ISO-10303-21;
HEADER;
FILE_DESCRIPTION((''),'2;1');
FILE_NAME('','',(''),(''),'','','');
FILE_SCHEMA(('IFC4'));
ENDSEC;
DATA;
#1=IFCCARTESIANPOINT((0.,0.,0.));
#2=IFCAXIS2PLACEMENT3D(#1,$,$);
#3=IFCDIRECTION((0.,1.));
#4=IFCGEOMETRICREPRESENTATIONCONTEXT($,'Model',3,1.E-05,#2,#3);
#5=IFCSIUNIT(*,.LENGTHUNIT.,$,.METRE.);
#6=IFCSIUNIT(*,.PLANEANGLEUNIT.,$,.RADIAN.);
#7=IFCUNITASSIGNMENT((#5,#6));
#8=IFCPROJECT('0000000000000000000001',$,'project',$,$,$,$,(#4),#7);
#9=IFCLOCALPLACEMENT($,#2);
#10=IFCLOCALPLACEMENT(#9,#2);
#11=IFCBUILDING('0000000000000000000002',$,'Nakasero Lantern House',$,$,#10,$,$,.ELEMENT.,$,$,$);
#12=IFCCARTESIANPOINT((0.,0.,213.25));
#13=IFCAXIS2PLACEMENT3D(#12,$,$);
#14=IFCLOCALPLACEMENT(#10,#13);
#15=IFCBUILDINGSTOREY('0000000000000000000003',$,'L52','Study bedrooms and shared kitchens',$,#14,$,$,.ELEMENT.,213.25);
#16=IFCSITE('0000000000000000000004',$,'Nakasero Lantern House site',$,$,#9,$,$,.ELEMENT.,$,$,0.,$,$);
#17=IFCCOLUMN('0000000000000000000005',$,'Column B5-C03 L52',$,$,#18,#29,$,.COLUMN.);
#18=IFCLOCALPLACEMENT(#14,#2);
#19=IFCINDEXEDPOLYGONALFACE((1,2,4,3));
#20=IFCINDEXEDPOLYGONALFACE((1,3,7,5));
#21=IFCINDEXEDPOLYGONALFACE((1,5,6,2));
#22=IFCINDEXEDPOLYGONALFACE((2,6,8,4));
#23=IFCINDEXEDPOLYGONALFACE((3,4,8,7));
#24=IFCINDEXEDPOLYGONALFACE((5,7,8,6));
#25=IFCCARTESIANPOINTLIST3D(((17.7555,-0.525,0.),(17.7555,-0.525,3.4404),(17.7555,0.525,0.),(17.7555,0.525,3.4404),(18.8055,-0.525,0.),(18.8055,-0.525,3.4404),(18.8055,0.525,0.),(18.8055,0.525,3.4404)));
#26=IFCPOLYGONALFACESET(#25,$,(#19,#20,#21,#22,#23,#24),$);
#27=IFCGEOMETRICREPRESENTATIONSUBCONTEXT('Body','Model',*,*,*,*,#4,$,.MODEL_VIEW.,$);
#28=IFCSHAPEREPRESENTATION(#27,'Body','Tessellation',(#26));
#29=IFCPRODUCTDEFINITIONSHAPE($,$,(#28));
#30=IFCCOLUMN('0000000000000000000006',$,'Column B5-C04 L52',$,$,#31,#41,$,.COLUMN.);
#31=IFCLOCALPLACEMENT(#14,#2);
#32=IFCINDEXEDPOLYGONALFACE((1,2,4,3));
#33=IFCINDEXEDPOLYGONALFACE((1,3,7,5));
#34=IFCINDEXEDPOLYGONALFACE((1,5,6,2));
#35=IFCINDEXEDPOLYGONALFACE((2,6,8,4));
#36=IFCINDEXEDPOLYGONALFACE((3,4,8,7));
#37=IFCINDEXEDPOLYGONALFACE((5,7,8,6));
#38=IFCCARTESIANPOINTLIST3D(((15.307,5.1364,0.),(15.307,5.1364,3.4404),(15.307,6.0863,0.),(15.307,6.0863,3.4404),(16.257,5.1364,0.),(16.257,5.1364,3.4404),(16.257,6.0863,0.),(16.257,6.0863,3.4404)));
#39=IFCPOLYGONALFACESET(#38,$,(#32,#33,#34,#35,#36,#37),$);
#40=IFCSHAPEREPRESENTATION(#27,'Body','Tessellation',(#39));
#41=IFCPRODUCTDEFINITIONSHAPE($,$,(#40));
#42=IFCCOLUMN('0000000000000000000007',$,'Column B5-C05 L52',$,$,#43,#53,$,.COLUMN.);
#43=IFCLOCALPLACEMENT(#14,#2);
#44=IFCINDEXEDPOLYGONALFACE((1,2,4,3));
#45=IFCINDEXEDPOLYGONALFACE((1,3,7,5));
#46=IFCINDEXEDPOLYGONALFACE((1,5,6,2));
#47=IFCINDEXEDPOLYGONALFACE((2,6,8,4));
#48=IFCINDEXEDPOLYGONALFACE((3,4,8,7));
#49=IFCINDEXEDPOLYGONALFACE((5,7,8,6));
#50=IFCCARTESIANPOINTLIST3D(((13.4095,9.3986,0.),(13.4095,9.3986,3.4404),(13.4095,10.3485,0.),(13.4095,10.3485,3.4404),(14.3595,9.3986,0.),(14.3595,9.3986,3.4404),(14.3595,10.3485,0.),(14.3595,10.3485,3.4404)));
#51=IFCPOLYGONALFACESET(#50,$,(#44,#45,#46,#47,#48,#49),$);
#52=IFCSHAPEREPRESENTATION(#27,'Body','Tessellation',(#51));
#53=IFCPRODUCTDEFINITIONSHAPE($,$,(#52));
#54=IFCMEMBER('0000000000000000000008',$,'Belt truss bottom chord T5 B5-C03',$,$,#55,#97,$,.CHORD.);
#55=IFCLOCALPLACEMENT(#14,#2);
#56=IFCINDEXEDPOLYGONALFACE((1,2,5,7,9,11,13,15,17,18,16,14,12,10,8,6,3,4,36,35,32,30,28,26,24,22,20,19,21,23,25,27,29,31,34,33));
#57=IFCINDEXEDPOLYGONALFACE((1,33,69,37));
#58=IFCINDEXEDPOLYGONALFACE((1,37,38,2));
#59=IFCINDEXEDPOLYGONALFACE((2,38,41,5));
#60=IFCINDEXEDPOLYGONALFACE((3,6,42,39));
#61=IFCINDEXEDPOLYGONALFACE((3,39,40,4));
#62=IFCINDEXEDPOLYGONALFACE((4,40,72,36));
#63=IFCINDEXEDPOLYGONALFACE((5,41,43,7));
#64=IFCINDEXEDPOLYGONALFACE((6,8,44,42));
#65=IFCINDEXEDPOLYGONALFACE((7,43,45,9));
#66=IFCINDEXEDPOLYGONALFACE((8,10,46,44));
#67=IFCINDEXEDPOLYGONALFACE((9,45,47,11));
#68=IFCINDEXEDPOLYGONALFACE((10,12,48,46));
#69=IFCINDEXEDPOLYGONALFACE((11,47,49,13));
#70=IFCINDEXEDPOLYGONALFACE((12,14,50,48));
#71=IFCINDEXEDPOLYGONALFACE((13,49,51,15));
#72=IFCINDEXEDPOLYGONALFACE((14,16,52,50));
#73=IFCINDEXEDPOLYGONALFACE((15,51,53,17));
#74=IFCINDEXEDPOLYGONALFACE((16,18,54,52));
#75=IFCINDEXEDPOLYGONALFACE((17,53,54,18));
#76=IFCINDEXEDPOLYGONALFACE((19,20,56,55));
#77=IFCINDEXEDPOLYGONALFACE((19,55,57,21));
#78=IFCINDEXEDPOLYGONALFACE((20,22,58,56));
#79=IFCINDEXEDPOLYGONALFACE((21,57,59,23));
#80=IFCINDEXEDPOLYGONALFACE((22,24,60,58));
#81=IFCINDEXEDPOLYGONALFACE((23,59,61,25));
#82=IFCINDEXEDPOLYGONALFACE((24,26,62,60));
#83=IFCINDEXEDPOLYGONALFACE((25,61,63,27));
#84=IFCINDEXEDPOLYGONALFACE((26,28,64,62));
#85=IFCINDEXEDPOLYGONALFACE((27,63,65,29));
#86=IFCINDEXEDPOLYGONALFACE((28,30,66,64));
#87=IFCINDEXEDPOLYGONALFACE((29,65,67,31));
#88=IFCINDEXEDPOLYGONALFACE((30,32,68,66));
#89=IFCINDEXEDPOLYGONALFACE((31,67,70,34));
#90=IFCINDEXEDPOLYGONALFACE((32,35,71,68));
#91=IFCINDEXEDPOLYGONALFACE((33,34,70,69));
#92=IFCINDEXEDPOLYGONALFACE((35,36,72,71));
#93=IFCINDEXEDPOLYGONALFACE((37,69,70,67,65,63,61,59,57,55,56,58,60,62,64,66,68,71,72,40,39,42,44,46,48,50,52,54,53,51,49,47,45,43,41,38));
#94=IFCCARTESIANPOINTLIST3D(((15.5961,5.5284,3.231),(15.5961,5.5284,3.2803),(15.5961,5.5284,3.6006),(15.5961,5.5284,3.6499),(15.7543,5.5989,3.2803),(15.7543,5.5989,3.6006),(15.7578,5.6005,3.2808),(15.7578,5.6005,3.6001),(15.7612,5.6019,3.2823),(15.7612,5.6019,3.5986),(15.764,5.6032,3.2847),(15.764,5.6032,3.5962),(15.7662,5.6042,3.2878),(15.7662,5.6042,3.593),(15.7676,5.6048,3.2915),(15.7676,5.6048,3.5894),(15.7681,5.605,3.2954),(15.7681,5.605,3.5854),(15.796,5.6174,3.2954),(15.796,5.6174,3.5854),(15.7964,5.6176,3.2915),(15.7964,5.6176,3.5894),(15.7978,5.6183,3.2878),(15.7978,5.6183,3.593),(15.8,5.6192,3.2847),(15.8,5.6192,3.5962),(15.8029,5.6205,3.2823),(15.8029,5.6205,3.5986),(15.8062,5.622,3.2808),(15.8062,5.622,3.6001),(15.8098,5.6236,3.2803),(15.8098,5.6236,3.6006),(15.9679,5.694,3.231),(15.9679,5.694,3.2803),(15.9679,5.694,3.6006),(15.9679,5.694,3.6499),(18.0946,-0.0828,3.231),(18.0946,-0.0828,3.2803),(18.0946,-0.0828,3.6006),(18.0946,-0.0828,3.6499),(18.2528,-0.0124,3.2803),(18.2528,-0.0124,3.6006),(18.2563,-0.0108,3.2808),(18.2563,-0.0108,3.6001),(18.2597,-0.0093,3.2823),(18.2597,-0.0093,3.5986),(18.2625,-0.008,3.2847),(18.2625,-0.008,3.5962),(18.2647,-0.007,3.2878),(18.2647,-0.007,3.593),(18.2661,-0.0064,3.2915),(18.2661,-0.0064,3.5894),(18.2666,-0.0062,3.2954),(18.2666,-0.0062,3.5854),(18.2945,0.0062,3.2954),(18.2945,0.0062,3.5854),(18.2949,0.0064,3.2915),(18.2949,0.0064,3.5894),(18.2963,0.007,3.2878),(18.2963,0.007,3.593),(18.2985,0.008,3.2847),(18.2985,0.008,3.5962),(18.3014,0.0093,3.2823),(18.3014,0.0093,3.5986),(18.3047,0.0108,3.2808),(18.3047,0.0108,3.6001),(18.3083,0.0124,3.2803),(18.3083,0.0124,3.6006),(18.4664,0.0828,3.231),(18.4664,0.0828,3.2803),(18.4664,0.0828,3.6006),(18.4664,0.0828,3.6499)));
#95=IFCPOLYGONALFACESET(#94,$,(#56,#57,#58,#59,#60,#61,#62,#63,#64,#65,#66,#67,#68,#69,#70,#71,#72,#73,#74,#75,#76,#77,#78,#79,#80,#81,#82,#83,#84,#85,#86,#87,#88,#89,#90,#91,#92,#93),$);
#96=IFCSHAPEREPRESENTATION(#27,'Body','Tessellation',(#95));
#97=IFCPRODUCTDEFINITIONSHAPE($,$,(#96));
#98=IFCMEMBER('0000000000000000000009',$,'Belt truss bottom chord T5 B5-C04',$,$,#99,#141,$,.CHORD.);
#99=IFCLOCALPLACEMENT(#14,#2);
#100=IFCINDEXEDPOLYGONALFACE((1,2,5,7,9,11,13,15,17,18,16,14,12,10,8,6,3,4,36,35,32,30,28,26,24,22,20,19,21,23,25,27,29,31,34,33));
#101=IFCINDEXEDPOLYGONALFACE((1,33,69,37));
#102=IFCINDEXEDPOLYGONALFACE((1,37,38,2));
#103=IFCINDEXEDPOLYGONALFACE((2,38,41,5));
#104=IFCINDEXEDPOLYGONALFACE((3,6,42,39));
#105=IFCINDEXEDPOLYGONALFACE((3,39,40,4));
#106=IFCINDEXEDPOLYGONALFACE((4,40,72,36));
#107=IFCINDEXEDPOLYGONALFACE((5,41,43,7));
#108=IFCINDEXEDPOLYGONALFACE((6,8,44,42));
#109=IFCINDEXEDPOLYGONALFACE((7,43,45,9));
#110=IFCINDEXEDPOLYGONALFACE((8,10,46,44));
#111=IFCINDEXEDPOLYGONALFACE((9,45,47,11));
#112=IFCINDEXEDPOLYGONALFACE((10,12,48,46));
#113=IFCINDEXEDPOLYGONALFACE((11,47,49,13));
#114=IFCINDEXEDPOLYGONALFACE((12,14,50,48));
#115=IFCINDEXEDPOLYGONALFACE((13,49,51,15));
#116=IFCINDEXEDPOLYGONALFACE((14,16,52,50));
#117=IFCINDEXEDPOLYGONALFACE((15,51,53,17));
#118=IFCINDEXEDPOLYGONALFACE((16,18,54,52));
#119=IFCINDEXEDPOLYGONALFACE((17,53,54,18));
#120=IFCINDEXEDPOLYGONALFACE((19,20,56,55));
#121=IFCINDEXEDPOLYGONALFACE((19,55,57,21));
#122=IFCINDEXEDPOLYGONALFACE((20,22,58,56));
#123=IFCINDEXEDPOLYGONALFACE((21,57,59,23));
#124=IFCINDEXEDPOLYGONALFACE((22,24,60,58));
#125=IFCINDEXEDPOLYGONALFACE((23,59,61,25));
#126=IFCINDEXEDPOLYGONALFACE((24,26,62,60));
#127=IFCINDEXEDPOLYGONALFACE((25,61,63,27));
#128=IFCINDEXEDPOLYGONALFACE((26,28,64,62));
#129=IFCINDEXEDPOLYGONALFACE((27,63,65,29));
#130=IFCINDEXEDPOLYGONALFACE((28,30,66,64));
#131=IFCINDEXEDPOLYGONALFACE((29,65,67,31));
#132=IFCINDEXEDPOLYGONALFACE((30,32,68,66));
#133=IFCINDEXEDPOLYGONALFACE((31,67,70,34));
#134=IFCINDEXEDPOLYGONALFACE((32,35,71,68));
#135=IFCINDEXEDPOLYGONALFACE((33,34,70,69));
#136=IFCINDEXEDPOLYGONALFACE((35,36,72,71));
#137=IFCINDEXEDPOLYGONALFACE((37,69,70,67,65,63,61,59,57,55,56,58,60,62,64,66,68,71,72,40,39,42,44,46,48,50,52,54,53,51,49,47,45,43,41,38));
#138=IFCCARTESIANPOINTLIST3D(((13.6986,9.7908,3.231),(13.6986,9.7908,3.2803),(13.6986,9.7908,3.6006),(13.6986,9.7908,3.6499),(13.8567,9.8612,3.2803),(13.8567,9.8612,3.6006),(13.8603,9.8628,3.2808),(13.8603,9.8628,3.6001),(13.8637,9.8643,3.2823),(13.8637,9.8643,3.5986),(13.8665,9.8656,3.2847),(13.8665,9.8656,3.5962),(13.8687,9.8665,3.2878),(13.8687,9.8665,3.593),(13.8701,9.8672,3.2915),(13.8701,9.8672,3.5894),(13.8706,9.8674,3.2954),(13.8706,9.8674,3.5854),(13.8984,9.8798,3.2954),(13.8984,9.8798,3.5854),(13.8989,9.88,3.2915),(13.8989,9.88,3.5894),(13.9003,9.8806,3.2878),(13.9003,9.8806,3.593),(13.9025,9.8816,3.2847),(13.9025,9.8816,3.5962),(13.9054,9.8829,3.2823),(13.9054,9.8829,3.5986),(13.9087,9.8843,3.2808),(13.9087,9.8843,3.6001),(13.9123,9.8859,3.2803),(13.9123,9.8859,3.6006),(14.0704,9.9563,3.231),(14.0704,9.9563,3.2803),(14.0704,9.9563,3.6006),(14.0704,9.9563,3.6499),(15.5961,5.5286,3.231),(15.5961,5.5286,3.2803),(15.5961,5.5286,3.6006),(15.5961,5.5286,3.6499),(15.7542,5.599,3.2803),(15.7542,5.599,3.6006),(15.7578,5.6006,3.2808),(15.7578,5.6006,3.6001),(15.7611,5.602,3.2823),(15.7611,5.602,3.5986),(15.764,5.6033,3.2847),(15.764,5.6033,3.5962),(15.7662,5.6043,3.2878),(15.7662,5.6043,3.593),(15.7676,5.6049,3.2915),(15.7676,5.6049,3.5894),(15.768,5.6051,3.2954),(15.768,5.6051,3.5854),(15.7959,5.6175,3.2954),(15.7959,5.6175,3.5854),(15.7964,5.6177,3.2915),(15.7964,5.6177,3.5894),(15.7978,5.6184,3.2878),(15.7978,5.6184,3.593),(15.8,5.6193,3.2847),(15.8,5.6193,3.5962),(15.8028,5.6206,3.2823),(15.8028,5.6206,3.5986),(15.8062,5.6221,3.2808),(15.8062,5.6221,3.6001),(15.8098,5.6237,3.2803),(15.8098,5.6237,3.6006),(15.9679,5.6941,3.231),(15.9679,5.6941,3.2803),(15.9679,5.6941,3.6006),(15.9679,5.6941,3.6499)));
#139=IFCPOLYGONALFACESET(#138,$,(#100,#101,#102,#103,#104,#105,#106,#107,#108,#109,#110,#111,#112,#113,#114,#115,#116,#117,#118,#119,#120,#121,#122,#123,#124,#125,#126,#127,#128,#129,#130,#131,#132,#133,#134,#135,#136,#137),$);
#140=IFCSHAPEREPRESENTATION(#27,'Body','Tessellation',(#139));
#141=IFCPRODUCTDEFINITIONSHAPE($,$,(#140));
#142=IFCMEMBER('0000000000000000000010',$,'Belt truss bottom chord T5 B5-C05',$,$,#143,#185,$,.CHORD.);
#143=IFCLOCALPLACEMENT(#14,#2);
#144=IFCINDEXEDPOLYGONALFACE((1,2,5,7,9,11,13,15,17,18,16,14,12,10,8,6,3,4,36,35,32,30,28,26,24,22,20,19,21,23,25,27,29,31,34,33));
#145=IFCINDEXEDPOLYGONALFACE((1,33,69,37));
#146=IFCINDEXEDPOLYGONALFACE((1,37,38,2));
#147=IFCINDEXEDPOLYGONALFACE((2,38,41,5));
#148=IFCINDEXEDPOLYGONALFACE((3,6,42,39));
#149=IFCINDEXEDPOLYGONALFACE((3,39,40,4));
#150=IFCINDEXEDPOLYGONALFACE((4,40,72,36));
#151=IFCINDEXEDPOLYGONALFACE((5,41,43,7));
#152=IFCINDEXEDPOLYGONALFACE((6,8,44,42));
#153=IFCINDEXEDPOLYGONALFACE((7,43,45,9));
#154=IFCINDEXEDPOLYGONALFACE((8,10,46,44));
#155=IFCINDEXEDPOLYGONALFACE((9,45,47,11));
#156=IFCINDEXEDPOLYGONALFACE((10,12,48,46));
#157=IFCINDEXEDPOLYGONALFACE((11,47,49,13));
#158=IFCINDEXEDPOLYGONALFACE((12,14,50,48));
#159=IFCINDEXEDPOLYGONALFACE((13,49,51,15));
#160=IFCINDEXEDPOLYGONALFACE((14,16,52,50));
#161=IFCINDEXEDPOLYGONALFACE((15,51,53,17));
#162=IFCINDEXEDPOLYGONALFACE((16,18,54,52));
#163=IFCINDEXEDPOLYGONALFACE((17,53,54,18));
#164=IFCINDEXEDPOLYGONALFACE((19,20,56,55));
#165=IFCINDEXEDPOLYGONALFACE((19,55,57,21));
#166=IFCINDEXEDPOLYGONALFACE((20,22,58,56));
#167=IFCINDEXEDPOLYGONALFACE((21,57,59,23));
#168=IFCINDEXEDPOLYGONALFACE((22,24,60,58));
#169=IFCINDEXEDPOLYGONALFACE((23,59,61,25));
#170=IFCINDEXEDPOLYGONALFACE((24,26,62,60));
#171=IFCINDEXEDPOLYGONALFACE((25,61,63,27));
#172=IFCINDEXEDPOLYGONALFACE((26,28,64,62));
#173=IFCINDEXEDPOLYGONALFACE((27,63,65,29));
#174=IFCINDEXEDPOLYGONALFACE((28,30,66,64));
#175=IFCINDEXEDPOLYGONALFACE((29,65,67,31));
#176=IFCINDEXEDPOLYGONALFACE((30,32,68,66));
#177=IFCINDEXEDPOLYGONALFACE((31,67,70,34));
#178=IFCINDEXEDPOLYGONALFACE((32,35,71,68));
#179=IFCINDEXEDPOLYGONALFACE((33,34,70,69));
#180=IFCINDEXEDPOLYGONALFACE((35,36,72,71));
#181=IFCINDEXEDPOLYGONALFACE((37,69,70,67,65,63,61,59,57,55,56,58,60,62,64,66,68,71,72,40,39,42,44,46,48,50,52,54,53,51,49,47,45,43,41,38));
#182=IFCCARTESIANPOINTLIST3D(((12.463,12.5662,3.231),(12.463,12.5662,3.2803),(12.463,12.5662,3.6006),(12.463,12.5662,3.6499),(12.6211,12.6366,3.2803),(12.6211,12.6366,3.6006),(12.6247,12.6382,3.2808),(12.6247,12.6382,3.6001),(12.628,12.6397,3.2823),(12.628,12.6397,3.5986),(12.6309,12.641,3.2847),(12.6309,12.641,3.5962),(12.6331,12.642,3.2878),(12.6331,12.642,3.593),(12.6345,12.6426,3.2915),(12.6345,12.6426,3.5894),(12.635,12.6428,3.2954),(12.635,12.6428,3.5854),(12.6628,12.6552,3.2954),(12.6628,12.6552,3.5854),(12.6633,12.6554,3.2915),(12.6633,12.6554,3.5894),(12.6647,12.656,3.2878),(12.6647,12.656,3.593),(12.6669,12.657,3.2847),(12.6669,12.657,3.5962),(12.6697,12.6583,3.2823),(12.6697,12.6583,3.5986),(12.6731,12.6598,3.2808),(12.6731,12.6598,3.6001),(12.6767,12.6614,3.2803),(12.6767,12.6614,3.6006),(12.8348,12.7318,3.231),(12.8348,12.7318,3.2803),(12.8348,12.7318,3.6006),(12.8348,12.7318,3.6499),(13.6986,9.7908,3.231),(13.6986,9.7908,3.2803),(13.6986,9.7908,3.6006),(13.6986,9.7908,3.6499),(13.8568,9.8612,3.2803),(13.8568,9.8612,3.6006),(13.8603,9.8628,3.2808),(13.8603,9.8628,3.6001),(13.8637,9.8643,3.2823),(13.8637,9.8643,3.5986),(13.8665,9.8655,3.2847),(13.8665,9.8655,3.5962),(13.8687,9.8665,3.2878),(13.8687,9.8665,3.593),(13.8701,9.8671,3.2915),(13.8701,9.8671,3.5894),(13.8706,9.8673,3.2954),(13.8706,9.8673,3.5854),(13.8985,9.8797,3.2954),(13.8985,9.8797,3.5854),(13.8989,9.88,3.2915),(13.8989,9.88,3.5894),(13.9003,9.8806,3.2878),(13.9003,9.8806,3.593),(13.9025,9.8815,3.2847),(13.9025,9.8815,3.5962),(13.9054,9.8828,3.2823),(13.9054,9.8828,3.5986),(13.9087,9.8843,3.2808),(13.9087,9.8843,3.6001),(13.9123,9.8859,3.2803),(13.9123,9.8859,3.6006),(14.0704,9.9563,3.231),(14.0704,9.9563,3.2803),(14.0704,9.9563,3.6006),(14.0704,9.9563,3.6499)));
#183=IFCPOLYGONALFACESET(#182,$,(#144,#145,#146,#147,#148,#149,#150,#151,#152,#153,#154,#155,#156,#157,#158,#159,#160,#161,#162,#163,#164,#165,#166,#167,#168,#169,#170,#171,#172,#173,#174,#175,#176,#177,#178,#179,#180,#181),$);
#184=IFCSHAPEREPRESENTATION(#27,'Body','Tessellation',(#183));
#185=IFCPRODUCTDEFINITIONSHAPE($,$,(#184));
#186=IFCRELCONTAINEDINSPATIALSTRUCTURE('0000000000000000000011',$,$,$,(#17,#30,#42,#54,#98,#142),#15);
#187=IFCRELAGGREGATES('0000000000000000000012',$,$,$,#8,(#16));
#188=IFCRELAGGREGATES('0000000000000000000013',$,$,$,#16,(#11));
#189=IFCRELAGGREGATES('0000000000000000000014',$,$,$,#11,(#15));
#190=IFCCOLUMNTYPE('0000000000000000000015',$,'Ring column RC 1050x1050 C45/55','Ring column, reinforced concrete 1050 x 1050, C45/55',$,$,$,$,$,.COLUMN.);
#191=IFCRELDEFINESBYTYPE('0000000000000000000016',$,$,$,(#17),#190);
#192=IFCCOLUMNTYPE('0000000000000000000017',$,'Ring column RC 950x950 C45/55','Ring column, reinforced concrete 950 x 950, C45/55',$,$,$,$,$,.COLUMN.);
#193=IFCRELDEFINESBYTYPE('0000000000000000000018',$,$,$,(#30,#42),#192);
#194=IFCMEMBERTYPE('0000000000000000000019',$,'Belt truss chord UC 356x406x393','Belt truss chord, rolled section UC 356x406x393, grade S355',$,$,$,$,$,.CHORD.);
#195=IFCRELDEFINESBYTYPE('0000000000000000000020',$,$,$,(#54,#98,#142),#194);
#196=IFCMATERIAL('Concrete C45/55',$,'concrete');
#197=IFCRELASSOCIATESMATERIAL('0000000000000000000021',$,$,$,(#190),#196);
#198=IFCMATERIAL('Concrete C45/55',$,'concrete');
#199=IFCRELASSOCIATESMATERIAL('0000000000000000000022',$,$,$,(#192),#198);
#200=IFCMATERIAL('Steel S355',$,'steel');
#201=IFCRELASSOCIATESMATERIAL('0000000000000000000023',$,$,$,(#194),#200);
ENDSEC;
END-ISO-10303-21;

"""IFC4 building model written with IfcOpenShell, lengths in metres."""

from ifc_helpers import new_model, si_unit, direction, frame, origin, origin_2d, place, context, subcontext, project, spatial, rectangle, i_section, extrude, material, material_profile, profile_set, type_object, element, save


model = new_model("IFC4")

# Units and contexts
model_context = context("Model", 3, precision=1e-05, world=origin(), true_north=direction((0.0, 1.0)))
body_context = subcontext(model_context, "Body", "Model", "MODEL_VIEW")
ifc_project = project(units=[si_unit("LENGTHUNIT", "METRE"), si_unit("PLANEANGLEUNIT", "RADIAN")], contexts=[model_context])

# Site, building, storey
site_placement = place(None, origin())
site = spatial("IfcSite", under=ifc_project, at=site_placement, Name="Nakasero Lantern House site", CompositionType="ELEMENT", RefElevation=0.0)
building_placement = place(site_placement, origin())
building = spatial("IfcBuilding", under=site, at=building_placement, Name="Nakasero Lantern House", CompositionType="ELEMENT")
storey_placement = place(building_placement, frame((0.0, 0.0, 213.25)))
storey = spatial("IfcBuildingStorey", under=building, at=storey_placement, Name="L52", Description="Study bedrooms and shared kitchens", CompositionType="ELEMENT", Elevation=213.25)

# Columns
ifc_material_1 = material(Name="Concrete C45/55", Category="concrete")
ifc_material_profile_1 = material_profile(ifc_material_1, rectangle(XDim=1.05, YDim=1.05, at=origin_2d()), Name="RC 1050x1050")
ifc_profile_set_1 = profile_set([ifc_material_profile_1], Name="Concrete C45/55")
column_type_1 = type_object("IfcColumnType", Name="Ring column RC 1050x1050 C45/55", Description="Ring column, reinforced concrete 1050 x 1050, C45/55", PredefinedType="COLUMN", material=ifc_profile_set_1)
column_placement = place(storey_placement, frame((18.2805, 0.0, 0.0), z_axis=(0.0, 0.0, 1.0), x_axis=(1.0, 0.0, 0.0)))
element("IfcColumn", 1, at=column_placement, inside=storey, type_object=column_type_1, Name="Column B5-C03 L52", PredefinedType="COLUMN", context=body_context, shape_type="SweptSolid", body=[
    extrude(rectangle(XDim=1.05, YDim=1.05, at=origin_2d()), origin(), (0.0, 0.0, 1.0), 3.4404),
])
ifc_material_2 = material(Name="Concrete C45/55", Category="concrete")
ifc_material_profile_2 = material_profile(ifc_material_2, rectangle(XDim=0.95, YDim=0.95, at=origin_2d()), Name="RC 950x950")
ifc_profile_set_2 = profile_set([ifc_material_profile_2], Name="Concrete C45/55")
column_type_2 = type_object("IfcColumnType", Name="Ring column RC 950x950 C45/55", Description="Ring column, reinforced concrete 950 x 950, C45/55", PredefinedType="COLUMN", material=ifc_profile_set_2)
for number, where, z_axis, x_axis, name in (
    (2, (15.782, 5.6113, 0.0), (0.0, 0.0, 1.0), (1.0, 0.0, 0.0), "Column B5-C04 L52"),
    (3, (13.8845, 9.8735, 0.0), (0.0, 0.0, 1.0), (1.0, 0.0, 0.0), "Column B5-C05 L52"),
):
    element("IfcColumn", number, at=place(storey_placement, frame(where, z_axis=z_axis, x_axis=x_axis)), inside=storey, type_object=column_type_2, Name=name, PredefinedType="COLUMN", context=body_context, shape_type="SweptSolid", body=[
        extrude(rectangle(XDim=0.95, YDim=0.95, at=origin_2d()), origin(), (0.0, 0.0, 1.0), 3.4404),
    ])

# Members
ifc_material_3 = material(Name="Steel S355", Category="steel")
ifc_material_profile_3 = material_profile(ifc_material_3, i_section(OverallWidth=0.407, OverallDepth=0.4189, WebThickness=0.0305, FlangeThickness=0.0493, FilletRadius=0.0151, at=origin_2d()), Name="UC 356x406x393")
ifc_profile_set_3 = profile_set([ifc_material_profile_3], Name="Steel S355")
member_type = type_object("IfcMemberType", Name="Belt truss chord UC 356x406x393", Description="Belt truss chord, rolled section UC 356x406x393, grade S355", PredefinedType="CHORD", material=ifc_profile_set_3)
member_1_placement = place(storey_placement, frame((18.2805, 0.0, 3.4404), z_axis=(-0.406765, 0.913533, 0.0), x_axis=(-0.913533, -0.406765, 0.0)))
element("IfcMember", 4, at=member_1_placement, inside=storey, type_object=member_type, Name="Belt truss bottom chord T5 B5-C03", PredefinedType="CHORD", context=body_context, shape_type="SweptSolid", body=[
    extrude(i_section(OverallWidth=0.407, OverallDepth=0.4189, WebThickness=0.0305, FlangeThickness=0.0493, FilletRadius=0.0151, at=origin_2d()), origin(), (0.0, 0.0, 1.0), 6.1423),
])
member_2_placement = place(storey_placement, frame((15.782, 5.6113, 3.4404), z_axis=(-0.406702, 0.913561, 0.0), x_axis=(-0.913561, -0.406702, 0.0)))
element("IfcMember", 5, at=member_2_placement, inside=storey, type_object=member_type, Name="Belt truss bottom chord T5 B5-C04", PredefinedType="CHORD", context=body_context, shape_type="SweptSolid", body=[
    extrude(i_section(OverallWidth=0.407, OverallDepth=0.4189, WebThickness=0.0305, FlangeThickness=0.0493, FilletRadius=0.0151, at=origin_2d()), origin(), (0.0, 0.0, 1.0), 4.6655),
])
member_3_placement = place(storey_placement, frame((13.8845, 9.8735, 3.4404), z_axis=(-0.406713, 0.913556, 0.0), x_axis=(-0.913556, -0.406713, 0.0)))
element("IfcMember", 6, at=member_3_placement, inside=storey, type_object=member_type, Name="Belt truss bottom chord T5 B5-C05", PredefinedType="CHORD", context=body_context, shape_type="SweptSolid", body=[
    extrude(i_section(OverallWidth=0.407, OverallDepth=0.4189, WebThickness=0.0305, FlangeThickness=0.0493, FilletRadius=0.0151, at=origin_2d()), origin(), (0.0, 0.0, 1.0), 3.0381),
])

save(model, "model.ifc")
